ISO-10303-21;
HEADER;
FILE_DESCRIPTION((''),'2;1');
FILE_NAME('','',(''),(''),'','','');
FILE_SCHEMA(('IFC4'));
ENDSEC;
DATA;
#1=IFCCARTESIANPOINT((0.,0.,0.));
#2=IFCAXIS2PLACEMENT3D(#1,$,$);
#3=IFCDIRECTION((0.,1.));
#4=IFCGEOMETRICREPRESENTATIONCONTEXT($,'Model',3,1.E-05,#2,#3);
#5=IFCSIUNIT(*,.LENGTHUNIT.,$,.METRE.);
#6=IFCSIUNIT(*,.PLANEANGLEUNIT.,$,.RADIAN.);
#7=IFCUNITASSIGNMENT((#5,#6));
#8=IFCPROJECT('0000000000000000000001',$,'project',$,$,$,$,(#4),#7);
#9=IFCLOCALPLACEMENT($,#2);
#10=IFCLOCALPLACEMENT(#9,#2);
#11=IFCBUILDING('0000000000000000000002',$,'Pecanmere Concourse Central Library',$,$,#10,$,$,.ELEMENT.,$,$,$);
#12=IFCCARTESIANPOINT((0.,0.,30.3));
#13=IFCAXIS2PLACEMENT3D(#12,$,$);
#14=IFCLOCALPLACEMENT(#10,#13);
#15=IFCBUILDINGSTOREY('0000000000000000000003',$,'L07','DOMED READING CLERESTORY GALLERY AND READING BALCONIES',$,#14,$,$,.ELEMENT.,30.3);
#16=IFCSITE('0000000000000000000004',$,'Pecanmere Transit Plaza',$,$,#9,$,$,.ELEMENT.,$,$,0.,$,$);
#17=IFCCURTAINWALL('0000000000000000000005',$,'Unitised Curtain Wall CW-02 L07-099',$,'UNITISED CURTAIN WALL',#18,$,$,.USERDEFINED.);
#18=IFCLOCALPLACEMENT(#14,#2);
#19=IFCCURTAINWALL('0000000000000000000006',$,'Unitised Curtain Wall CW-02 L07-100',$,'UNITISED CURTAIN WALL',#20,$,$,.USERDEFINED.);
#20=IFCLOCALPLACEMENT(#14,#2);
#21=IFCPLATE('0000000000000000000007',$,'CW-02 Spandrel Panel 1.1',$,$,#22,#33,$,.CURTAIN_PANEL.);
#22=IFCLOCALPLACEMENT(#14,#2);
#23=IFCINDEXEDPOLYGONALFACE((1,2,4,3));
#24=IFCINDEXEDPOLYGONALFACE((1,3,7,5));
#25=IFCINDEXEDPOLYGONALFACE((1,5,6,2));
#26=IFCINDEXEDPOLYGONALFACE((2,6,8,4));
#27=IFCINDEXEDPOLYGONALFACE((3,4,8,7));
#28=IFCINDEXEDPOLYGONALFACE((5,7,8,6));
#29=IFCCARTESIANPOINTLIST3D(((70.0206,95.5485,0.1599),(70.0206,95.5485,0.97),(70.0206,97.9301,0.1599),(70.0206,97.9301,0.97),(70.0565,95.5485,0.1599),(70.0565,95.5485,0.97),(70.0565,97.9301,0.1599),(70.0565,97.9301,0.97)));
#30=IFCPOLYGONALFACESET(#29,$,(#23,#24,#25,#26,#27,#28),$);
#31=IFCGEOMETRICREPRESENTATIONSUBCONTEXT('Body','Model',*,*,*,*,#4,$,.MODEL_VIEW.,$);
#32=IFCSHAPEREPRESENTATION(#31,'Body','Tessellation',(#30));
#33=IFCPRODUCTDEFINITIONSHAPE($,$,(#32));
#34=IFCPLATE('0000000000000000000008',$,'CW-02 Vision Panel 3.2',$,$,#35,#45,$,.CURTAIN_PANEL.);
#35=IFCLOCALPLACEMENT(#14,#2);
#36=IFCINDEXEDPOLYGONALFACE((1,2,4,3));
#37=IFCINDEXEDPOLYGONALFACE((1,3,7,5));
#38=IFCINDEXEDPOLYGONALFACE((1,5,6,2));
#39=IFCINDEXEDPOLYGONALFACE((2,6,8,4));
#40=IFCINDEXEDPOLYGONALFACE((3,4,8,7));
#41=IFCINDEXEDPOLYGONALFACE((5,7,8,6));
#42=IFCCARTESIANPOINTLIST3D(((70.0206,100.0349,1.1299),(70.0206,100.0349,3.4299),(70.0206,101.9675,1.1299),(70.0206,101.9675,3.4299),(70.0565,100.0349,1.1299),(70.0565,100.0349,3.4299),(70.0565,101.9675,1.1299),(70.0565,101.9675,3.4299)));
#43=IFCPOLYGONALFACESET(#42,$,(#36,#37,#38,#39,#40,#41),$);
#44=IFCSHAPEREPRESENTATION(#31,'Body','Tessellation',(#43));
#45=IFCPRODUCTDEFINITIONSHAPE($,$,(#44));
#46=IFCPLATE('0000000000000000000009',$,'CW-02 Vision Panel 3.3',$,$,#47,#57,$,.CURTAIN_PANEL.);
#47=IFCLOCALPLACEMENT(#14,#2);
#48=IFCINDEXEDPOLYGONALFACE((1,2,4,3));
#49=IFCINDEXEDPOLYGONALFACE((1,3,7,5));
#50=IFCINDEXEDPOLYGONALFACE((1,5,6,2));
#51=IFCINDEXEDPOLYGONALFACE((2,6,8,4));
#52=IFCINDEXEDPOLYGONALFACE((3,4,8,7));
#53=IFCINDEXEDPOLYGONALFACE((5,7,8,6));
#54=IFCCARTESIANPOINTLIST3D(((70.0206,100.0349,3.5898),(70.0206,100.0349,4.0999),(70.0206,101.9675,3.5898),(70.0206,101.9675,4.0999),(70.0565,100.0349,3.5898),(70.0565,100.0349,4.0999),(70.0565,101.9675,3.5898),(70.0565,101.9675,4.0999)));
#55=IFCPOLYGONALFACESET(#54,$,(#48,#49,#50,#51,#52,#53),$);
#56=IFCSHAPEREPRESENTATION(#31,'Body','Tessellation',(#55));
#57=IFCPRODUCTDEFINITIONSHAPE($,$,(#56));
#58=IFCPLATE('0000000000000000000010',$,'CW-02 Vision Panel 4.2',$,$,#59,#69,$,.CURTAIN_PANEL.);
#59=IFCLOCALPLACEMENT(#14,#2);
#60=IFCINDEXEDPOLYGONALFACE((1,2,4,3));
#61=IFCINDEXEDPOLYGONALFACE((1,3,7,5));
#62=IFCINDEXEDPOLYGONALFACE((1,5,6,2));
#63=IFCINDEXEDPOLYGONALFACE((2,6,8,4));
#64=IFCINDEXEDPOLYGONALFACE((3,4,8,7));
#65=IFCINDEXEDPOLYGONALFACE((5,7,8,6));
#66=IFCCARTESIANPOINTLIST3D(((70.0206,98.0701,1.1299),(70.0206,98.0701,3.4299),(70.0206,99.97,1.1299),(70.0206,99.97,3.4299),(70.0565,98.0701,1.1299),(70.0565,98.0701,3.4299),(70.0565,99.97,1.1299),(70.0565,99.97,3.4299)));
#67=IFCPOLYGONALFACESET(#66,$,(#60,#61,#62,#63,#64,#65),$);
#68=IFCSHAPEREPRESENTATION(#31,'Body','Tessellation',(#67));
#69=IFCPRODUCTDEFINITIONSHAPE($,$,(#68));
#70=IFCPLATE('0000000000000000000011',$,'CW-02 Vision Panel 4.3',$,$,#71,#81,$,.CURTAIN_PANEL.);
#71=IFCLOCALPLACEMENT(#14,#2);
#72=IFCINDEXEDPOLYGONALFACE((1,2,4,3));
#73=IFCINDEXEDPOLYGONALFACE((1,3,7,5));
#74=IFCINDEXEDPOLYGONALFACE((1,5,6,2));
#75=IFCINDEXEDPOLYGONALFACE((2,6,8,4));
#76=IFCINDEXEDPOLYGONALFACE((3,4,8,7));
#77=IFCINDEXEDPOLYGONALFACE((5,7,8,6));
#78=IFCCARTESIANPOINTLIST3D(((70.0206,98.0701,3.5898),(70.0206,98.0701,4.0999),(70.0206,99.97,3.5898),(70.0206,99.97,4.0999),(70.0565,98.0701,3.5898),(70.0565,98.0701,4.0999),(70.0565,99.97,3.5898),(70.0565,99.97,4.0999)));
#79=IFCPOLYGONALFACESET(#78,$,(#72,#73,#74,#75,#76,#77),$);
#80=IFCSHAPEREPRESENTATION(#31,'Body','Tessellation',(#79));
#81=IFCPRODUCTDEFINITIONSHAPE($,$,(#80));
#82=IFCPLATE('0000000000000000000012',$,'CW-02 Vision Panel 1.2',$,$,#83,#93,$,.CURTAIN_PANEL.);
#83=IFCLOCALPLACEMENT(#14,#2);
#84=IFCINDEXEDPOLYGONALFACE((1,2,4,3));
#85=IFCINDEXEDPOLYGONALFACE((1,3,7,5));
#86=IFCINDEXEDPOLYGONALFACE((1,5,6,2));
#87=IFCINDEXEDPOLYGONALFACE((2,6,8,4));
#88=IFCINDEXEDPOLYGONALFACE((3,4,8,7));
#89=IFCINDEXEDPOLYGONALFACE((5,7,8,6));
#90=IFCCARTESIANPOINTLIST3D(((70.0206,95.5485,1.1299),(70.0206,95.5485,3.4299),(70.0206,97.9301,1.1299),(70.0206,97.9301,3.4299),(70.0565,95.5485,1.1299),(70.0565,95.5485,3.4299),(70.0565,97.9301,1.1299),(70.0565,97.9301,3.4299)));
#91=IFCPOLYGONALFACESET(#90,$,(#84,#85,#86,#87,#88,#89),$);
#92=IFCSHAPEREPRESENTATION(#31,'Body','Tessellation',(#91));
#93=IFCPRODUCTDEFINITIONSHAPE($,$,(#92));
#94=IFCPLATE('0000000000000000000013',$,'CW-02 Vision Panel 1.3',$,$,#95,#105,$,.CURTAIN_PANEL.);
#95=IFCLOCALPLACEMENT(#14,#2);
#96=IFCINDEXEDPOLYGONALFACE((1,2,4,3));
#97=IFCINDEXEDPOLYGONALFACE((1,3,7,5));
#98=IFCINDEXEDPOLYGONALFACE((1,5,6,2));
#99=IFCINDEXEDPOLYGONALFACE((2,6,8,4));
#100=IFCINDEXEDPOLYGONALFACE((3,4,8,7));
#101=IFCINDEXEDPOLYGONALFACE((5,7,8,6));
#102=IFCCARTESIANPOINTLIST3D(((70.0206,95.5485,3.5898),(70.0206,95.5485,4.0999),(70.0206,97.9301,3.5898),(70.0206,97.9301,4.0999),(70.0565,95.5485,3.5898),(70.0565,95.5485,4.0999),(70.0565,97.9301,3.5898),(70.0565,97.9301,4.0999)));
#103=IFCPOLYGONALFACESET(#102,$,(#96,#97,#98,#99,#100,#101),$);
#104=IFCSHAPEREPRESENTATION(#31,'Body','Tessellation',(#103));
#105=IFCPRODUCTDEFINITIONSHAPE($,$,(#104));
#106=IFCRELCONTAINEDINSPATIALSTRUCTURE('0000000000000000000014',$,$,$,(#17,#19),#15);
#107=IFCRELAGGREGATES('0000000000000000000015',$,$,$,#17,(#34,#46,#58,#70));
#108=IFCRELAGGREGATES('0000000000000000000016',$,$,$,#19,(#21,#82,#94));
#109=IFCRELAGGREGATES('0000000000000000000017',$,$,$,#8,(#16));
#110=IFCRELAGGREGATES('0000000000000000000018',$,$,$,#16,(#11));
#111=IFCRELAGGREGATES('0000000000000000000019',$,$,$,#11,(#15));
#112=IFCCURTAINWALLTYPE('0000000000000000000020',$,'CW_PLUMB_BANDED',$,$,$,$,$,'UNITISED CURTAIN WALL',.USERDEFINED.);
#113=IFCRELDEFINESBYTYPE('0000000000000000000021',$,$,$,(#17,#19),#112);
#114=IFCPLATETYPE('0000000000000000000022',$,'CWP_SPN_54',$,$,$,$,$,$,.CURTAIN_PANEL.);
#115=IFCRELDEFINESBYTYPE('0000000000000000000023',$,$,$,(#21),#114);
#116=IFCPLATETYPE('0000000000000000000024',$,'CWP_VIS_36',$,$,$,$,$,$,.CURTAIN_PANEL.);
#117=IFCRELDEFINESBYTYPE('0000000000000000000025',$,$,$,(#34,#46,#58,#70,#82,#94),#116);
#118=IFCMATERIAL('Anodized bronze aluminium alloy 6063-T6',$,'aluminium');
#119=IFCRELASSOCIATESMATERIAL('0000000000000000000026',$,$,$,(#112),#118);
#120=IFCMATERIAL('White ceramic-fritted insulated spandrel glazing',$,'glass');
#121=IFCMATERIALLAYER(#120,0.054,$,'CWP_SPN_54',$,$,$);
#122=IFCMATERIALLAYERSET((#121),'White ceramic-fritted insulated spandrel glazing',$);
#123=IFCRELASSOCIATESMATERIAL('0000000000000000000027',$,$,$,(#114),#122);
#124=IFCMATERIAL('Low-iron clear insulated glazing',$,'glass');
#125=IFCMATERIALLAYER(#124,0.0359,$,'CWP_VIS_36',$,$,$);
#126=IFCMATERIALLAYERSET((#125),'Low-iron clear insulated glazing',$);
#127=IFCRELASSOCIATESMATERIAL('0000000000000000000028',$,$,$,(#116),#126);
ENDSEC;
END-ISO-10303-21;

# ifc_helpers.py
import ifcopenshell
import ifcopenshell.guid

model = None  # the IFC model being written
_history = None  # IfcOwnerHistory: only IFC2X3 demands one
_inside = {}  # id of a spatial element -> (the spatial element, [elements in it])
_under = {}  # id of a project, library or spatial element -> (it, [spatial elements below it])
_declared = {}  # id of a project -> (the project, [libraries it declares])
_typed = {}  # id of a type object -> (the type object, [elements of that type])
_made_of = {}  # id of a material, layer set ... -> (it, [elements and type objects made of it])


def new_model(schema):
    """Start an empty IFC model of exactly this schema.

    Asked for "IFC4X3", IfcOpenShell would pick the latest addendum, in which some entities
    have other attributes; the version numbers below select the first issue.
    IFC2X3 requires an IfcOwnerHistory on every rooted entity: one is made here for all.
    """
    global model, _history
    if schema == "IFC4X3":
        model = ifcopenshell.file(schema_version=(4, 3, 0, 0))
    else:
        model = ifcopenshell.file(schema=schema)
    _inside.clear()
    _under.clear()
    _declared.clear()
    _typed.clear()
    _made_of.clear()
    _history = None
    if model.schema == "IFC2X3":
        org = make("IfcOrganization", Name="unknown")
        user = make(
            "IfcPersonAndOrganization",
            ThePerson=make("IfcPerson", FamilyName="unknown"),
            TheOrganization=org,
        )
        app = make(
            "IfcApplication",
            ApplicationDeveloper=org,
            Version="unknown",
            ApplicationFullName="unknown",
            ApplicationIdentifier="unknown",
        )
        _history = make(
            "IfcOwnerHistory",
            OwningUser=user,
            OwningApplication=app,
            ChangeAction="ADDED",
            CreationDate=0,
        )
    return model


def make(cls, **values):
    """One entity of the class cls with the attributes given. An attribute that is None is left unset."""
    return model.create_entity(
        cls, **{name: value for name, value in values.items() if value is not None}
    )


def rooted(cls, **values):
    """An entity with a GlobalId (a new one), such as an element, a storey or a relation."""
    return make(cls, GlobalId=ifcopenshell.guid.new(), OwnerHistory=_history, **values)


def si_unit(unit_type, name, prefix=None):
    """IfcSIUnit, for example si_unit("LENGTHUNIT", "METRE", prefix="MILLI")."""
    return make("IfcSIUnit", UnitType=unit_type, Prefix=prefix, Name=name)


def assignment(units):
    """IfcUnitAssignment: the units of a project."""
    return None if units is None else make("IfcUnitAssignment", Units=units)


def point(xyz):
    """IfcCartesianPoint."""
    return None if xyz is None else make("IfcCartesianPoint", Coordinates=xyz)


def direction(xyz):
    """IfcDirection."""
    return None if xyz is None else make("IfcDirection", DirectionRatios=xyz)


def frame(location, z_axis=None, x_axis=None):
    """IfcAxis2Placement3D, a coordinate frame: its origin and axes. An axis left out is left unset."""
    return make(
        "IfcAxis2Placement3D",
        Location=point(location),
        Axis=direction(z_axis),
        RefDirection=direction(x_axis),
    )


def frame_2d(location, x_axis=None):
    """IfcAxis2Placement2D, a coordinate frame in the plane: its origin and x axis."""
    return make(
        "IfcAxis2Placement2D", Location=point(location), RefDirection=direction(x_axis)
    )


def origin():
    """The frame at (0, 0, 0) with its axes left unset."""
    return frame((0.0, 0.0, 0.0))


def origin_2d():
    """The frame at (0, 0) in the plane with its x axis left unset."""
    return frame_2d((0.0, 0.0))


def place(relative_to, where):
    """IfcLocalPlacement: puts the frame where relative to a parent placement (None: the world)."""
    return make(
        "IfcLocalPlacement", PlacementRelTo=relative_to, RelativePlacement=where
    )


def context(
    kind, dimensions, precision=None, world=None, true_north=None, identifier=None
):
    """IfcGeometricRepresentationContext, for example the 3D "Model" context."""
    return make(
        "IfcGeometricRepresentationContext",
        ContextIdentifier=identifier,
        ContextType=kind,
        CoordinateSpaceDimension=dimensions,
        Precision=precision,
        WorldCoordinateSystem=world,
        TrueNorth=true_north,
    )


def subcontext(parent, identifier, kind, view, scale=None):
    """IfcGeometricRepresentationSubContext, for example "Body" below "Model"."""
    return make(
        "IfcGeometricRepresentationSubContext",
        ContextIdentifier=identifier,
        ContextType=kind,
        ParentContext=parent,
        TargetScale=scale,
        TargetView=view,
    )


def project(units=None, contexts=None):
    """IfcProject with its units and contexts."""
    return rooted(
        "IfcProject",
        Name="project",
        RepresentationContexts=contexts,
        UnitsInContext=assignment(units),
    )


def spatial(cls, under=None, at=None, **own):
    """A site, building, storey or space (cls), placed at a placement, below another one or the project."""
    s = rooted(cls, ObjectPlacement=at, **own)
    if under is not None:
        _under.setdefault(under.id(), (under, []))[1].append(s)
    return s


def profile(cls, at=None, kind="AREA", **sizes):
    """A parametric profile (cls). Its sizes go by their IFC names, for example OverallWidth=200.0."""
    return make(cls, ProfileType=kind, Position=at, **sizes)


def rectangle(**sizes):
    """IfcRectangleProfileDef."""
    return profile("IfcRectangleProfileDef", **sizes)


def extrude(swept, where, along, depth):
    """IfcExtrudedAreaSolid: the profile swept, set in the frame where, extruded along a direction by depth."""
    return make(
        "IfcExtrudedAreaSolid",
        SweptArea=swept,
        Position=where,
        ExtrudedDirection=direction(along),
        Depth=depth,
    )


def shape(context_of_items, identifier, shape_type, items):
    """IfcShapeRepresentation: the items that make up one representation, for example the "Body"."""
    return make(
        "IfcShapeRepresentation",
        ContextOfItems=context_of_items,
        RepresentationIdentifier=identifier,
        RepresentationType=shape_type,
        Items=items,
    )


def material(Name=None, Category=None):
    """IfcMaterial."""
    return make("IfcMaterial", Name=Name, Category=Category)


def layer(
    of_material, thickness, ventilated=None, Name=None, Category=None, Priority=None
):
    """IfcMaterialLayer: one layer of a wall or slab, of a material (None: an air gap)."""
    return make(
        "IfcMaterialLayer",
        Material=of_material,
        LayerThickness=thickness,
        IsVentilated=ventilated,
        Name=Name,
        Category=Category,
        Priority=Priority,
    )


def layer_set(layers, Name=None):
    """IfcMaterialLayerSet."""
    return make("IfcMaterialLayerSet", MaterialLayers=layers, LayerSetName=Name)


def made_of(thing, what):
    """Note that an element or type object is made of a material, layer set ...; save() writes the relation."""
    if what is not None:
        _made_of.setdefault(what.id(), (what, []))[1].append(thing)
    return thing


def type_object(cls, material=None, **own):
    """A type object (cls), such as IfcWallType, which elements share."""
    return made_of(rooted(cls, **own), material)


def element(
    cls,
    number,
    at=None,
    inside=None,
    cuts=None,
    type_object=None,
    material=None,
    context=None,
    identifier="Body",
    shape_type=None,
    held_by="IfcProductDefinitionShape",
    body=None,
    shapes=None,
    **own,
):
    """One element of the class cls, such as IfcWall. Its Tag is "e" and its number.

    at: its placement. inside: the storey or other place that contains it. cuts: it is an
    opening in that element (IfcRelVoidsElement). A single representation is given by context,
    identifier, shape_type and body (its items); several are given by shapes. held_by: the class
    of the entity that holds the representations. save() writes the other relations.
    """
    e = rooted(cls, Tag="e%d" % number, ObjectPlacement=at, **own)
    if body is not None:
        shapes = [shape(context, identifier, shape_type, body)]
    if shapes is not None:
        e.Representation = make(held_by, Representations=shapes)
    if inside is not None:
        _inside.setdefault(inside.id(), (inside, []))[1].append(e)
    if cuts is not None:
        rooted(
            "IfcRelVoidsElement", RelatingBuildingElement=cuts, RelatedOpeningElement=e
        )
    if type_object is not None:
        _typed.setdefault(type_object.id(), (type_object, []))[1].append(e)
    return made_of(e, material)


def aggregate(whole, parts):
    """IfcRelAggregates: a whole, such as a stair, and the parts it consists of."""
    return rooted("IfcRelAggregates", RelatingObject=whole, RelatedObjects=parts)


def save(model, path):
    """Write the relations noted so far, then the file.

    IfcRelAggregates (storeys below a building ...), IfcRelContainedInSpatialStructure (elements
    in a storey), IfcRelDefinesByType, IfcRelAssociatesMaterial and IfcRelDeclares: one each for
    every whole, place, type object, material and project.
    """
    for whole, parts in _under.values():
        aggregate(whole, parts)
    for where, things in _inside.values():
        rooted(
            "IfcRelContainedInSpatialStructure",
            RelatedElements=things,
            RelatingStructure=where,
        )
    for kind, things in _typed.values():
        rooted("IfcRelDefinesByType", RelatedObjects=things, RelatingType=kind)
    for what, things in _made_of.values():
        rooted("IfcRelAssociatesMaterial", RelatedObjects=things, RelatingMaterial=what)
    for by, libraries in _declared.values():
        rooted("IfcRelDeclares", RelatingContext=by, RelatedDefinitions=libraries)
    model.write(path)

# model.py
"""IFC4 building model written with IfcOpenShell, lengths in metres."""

from ifc_helpers import new_model, si_unit, direction, frame, origin, origin_2d, place, context, subcontext, project, spatial, rectangle, extrude, material, layer, layer_set, type_object, element, aggregate, save


model = new_model("IFC4")

# Units and contexts
model_context = context("Model", 3, precision=1e-05, world=origin(), true_north=direction((0.0, 1.0)))
body_context = subcontext(model_context, "Body", "Model", "MODEL_VIEW")
ifc_project = project(units=[si_unit("LENGTHUNIT", "METRE"), si_unit("PLANEANGLEUNIT", "RADIAN")], contexts=[model_context])

# Site, building, storey
site_placement = place(None, origin())
site = spatial("IfcSite", under=ifc_project, at=site_placement, Name="Pecanmere Transit Plaza", CompositionType="ELEMENT", RefElevation=0.0)
building_placement = place(site_placement, origin())
building = spatial("IfcBuilding", under=site, at=building_placement, Name="Pecanmere Concourse Central Library", CompositionType="ELEMENT")
storey_placement = place(building_placement, frame((0.0, 0.0, 30.3)))
storey = spatial("IfcBuildingStorey", under=building, at=storey_placement, Name="L07", Description="DOMED READING CLERESTORY GALLERY AND READING BALCONIES", CompositionType="ELEMENT", Elevation=30.3)

# Curtain wall
ifc_material_1 = material(Name="Anodized bronze aluminium alloy 6063-T6", Category="aluminium")
curtain_wall_type = type_object("IfcCurtainWallType", Name="CW_PLUMB_BANDED", ElementType="UNITISED CURTAIN WALL", PredefinedType="USERDEFINED", material=ifc_material_1)
curtain_wall_1_placement = place(storey_placement, origin())
curtain_wall_1 = element("IfcCurtainWall", 1, at=curtain_wall_1_placement, inside=storey, type_object=curtain_wall_type, Name="Unitised Curtain Wall CW-02 L07-099", ObjectType="UNITISED CURTAIN WALL", PredefinedType="USERDEFINED")

# Curtain wall
curtain_wall_2_placement = place(storey_placement, origin())
curtain_wall_2 = element("IfcCurtainWall", 2, at=curtain_wall_2_placement, inside=storey, type_object=curtain_wall_type, Name="Unitised Curtain Wall CW-02 L07-100", ObjectType="UNITISED CURTAIN WALL", PredefinedType="USERDEFINED")

# Plates
ifc_material_2 = material(Name="White ceramic-fritted insulated spandrel glazing", Category="glass")
ifc_layer_1 = layer(ifc_material_2, 0.054, Name="CWP_SPN_54")
ifc_layer_set_1 = layer_set([ifc_layer_1], Name="White ceramic-fritted insulated spandrel glazing")
plate_type_1 = type_object("IfcPlateType", Name="CWP_SPN_54", PredefinedType="CURTAIN_PANEL", material=ifc_layer_set_1)
plate_1_placement = place(storey_placement, frame((70.0386, 96.7393, 0.1599), z_axis=(0.0, 0.0, 1.0), x_axis=(0.0, -1.0, 0.0)))
plate_1 = element("IfcPlate", 3, at=plate_1_placement, type_object=plate_type_1, Name="CW-02 Spandrel Panel 1.1", PredefinedType="CURTAIN_PANEL", context=body_context, shape_type="SweptSolid", body=[
    extrude(rectangle(XDim=2.3816, YDim=0.0359, at=origin_2d()), origin(), (0.0, 0.0, 1.0), 0.8101),
])
ifc_material_3 = material(Name="Low-iron clear insulated glazing", Category="glass")
ifc_layer_2 = layer(ifc_material_3, 0.0359, Name="CWP_VIS_36")
ifc_layer_set_2 = layer_set([ifc_layer_2], Name="Low-iron clear insulated glazing")
plate_type_2 = type_object("IfcPlateType", Name="CWP_VIS_36", PredefinedType="CURTAIN_PANEL", material=ifc_layer_set_2)
plate_2_placement = place(storey_placement, frame((70.0386, 101.0012, 1.1299), z_axis=(0.0, 0.0, 1.0), x_axis=(0.0, -1.0, 0.0)))
plate_2 = element("IfcPlate", 4, at=plate_2_placement, type_object=plate_type_2, Name="CW-02 Vision Panel 3.2", PredefinedType="CURTAIN_PANEL", context=body_context, shape_type="SweptSolid", body=[
    extrude(rectangle(XDim=1.9326, YDim=0.0359, at=origin_2d()), origin(), (0.0, 0.0, 1.0), 2.3),
])
plate_3_placement = place(storey_placement, frame((70.0386, 101.0012, 3.5898), z_axis=(0.0, 0.0, 1.0), x_axis=(0.0, -1.0, 0.0)))
plate_3 = element("IfcPlate", 5, at=plate_3_placement, type_object=plate_type_2, Name="CW-02 Vision Panel 3.3", PredefinedType="CURTAIN_PANEL", context=body_context, shape_type="SweptSolid", body=[
    extrude(rectangle(XDim=1.9326, YDim=0.0359, at=origin_2d()), origin(), (0.0, 0.0, 1.0), 0.51),
])
plate_4_placement = place(storey_placement, frame((70.0386, 99.02, 1.1299), z_axis=(0.0, 0.0, 1.0), x_axis=(0.0, -1.0, 0.0)))
plate_4 = element("IfcPlate", 6, at=plate_4_placement, type_object=plate_type_2, Name="CW-02 Vision Panel 4.2", PredefinedType="CURTAIN_PANEL", context=body_context, shape_type="SweptSolid", body=[
    extrude(rectangle(XDim=1.8999, YDim=0.0359, at=origin_2d()), origin(), (0.0, 0.0, 1.0), 2.3),
])
plate_5_placement = place(storey_placement, frame((70.0386, 99.02, 3.5898), z_axis=(0.0, 0.0, 1.0), x_axis=(0.0, -1.0, 0.0)))
plate_5 = element("IfcPlate", 7, at=plate_5_placement, type_object=plate_type_2, Name="CW-02 Vision Panel 4.3", PredefinedType="CURTAIN_PANEL", context=body_context, shape_type="SweptSolid", body=[
    extrude(rectangle(XDim=1.8999, YDim=0.0359, at=origin_2d()), origin(), (0.0, 0.0, 1.0), 0.51),
])
aggregate(curtain_wall_1, [plate_2, plate_3, plate_4, plate_5])
plate_6_placement = place(storey_placement, frame((70.0386, 96.7393, 1.1299), z_axis=(0.0, 0.0, 1.0), x_axis=(0.0, -1.0, 0.0)))
plate_6 = element("IfcPlate", 8, at=plate_6_placement, type_object=plate_type_2, Name="CW-02 Vision Panel 1.2", PredefinedType="CURTAIN_PANEL", context=body_context, shape_type="SweptSolid", body=[
    extrude(rectangle(XDim=2.3816, YDim=0.0359, at=origin_2d()), origin(), (0.0, 0.0, 1.0), 2.3),
])
plate_7_placement = place(storey_placement, frame((70.0386, 96.7393, 3.5898), z_axis=(0.0, 0.0, 1.0), x_axis=(0.0, -1.0, 0.0)))
plate_7 = element("IfcPlate", 9, at=plate_7_placement, type_object=plate_type_2, Name="CW-02 Vision Panel 1.3", PredefinedType="CURTAIN_PANEL", context=body_context, shape_type="SweptSolid", body=[
    extrude(rectangle(XDim=2.3816, YDim=0.0359, at=origin_2d()), origin(), (0.0, 0.0, 1.0), 0.51),
])
aggregate(curtain_wall_2, [plate_1, plate_6, plate_7])

save(model, "model.ifc")
